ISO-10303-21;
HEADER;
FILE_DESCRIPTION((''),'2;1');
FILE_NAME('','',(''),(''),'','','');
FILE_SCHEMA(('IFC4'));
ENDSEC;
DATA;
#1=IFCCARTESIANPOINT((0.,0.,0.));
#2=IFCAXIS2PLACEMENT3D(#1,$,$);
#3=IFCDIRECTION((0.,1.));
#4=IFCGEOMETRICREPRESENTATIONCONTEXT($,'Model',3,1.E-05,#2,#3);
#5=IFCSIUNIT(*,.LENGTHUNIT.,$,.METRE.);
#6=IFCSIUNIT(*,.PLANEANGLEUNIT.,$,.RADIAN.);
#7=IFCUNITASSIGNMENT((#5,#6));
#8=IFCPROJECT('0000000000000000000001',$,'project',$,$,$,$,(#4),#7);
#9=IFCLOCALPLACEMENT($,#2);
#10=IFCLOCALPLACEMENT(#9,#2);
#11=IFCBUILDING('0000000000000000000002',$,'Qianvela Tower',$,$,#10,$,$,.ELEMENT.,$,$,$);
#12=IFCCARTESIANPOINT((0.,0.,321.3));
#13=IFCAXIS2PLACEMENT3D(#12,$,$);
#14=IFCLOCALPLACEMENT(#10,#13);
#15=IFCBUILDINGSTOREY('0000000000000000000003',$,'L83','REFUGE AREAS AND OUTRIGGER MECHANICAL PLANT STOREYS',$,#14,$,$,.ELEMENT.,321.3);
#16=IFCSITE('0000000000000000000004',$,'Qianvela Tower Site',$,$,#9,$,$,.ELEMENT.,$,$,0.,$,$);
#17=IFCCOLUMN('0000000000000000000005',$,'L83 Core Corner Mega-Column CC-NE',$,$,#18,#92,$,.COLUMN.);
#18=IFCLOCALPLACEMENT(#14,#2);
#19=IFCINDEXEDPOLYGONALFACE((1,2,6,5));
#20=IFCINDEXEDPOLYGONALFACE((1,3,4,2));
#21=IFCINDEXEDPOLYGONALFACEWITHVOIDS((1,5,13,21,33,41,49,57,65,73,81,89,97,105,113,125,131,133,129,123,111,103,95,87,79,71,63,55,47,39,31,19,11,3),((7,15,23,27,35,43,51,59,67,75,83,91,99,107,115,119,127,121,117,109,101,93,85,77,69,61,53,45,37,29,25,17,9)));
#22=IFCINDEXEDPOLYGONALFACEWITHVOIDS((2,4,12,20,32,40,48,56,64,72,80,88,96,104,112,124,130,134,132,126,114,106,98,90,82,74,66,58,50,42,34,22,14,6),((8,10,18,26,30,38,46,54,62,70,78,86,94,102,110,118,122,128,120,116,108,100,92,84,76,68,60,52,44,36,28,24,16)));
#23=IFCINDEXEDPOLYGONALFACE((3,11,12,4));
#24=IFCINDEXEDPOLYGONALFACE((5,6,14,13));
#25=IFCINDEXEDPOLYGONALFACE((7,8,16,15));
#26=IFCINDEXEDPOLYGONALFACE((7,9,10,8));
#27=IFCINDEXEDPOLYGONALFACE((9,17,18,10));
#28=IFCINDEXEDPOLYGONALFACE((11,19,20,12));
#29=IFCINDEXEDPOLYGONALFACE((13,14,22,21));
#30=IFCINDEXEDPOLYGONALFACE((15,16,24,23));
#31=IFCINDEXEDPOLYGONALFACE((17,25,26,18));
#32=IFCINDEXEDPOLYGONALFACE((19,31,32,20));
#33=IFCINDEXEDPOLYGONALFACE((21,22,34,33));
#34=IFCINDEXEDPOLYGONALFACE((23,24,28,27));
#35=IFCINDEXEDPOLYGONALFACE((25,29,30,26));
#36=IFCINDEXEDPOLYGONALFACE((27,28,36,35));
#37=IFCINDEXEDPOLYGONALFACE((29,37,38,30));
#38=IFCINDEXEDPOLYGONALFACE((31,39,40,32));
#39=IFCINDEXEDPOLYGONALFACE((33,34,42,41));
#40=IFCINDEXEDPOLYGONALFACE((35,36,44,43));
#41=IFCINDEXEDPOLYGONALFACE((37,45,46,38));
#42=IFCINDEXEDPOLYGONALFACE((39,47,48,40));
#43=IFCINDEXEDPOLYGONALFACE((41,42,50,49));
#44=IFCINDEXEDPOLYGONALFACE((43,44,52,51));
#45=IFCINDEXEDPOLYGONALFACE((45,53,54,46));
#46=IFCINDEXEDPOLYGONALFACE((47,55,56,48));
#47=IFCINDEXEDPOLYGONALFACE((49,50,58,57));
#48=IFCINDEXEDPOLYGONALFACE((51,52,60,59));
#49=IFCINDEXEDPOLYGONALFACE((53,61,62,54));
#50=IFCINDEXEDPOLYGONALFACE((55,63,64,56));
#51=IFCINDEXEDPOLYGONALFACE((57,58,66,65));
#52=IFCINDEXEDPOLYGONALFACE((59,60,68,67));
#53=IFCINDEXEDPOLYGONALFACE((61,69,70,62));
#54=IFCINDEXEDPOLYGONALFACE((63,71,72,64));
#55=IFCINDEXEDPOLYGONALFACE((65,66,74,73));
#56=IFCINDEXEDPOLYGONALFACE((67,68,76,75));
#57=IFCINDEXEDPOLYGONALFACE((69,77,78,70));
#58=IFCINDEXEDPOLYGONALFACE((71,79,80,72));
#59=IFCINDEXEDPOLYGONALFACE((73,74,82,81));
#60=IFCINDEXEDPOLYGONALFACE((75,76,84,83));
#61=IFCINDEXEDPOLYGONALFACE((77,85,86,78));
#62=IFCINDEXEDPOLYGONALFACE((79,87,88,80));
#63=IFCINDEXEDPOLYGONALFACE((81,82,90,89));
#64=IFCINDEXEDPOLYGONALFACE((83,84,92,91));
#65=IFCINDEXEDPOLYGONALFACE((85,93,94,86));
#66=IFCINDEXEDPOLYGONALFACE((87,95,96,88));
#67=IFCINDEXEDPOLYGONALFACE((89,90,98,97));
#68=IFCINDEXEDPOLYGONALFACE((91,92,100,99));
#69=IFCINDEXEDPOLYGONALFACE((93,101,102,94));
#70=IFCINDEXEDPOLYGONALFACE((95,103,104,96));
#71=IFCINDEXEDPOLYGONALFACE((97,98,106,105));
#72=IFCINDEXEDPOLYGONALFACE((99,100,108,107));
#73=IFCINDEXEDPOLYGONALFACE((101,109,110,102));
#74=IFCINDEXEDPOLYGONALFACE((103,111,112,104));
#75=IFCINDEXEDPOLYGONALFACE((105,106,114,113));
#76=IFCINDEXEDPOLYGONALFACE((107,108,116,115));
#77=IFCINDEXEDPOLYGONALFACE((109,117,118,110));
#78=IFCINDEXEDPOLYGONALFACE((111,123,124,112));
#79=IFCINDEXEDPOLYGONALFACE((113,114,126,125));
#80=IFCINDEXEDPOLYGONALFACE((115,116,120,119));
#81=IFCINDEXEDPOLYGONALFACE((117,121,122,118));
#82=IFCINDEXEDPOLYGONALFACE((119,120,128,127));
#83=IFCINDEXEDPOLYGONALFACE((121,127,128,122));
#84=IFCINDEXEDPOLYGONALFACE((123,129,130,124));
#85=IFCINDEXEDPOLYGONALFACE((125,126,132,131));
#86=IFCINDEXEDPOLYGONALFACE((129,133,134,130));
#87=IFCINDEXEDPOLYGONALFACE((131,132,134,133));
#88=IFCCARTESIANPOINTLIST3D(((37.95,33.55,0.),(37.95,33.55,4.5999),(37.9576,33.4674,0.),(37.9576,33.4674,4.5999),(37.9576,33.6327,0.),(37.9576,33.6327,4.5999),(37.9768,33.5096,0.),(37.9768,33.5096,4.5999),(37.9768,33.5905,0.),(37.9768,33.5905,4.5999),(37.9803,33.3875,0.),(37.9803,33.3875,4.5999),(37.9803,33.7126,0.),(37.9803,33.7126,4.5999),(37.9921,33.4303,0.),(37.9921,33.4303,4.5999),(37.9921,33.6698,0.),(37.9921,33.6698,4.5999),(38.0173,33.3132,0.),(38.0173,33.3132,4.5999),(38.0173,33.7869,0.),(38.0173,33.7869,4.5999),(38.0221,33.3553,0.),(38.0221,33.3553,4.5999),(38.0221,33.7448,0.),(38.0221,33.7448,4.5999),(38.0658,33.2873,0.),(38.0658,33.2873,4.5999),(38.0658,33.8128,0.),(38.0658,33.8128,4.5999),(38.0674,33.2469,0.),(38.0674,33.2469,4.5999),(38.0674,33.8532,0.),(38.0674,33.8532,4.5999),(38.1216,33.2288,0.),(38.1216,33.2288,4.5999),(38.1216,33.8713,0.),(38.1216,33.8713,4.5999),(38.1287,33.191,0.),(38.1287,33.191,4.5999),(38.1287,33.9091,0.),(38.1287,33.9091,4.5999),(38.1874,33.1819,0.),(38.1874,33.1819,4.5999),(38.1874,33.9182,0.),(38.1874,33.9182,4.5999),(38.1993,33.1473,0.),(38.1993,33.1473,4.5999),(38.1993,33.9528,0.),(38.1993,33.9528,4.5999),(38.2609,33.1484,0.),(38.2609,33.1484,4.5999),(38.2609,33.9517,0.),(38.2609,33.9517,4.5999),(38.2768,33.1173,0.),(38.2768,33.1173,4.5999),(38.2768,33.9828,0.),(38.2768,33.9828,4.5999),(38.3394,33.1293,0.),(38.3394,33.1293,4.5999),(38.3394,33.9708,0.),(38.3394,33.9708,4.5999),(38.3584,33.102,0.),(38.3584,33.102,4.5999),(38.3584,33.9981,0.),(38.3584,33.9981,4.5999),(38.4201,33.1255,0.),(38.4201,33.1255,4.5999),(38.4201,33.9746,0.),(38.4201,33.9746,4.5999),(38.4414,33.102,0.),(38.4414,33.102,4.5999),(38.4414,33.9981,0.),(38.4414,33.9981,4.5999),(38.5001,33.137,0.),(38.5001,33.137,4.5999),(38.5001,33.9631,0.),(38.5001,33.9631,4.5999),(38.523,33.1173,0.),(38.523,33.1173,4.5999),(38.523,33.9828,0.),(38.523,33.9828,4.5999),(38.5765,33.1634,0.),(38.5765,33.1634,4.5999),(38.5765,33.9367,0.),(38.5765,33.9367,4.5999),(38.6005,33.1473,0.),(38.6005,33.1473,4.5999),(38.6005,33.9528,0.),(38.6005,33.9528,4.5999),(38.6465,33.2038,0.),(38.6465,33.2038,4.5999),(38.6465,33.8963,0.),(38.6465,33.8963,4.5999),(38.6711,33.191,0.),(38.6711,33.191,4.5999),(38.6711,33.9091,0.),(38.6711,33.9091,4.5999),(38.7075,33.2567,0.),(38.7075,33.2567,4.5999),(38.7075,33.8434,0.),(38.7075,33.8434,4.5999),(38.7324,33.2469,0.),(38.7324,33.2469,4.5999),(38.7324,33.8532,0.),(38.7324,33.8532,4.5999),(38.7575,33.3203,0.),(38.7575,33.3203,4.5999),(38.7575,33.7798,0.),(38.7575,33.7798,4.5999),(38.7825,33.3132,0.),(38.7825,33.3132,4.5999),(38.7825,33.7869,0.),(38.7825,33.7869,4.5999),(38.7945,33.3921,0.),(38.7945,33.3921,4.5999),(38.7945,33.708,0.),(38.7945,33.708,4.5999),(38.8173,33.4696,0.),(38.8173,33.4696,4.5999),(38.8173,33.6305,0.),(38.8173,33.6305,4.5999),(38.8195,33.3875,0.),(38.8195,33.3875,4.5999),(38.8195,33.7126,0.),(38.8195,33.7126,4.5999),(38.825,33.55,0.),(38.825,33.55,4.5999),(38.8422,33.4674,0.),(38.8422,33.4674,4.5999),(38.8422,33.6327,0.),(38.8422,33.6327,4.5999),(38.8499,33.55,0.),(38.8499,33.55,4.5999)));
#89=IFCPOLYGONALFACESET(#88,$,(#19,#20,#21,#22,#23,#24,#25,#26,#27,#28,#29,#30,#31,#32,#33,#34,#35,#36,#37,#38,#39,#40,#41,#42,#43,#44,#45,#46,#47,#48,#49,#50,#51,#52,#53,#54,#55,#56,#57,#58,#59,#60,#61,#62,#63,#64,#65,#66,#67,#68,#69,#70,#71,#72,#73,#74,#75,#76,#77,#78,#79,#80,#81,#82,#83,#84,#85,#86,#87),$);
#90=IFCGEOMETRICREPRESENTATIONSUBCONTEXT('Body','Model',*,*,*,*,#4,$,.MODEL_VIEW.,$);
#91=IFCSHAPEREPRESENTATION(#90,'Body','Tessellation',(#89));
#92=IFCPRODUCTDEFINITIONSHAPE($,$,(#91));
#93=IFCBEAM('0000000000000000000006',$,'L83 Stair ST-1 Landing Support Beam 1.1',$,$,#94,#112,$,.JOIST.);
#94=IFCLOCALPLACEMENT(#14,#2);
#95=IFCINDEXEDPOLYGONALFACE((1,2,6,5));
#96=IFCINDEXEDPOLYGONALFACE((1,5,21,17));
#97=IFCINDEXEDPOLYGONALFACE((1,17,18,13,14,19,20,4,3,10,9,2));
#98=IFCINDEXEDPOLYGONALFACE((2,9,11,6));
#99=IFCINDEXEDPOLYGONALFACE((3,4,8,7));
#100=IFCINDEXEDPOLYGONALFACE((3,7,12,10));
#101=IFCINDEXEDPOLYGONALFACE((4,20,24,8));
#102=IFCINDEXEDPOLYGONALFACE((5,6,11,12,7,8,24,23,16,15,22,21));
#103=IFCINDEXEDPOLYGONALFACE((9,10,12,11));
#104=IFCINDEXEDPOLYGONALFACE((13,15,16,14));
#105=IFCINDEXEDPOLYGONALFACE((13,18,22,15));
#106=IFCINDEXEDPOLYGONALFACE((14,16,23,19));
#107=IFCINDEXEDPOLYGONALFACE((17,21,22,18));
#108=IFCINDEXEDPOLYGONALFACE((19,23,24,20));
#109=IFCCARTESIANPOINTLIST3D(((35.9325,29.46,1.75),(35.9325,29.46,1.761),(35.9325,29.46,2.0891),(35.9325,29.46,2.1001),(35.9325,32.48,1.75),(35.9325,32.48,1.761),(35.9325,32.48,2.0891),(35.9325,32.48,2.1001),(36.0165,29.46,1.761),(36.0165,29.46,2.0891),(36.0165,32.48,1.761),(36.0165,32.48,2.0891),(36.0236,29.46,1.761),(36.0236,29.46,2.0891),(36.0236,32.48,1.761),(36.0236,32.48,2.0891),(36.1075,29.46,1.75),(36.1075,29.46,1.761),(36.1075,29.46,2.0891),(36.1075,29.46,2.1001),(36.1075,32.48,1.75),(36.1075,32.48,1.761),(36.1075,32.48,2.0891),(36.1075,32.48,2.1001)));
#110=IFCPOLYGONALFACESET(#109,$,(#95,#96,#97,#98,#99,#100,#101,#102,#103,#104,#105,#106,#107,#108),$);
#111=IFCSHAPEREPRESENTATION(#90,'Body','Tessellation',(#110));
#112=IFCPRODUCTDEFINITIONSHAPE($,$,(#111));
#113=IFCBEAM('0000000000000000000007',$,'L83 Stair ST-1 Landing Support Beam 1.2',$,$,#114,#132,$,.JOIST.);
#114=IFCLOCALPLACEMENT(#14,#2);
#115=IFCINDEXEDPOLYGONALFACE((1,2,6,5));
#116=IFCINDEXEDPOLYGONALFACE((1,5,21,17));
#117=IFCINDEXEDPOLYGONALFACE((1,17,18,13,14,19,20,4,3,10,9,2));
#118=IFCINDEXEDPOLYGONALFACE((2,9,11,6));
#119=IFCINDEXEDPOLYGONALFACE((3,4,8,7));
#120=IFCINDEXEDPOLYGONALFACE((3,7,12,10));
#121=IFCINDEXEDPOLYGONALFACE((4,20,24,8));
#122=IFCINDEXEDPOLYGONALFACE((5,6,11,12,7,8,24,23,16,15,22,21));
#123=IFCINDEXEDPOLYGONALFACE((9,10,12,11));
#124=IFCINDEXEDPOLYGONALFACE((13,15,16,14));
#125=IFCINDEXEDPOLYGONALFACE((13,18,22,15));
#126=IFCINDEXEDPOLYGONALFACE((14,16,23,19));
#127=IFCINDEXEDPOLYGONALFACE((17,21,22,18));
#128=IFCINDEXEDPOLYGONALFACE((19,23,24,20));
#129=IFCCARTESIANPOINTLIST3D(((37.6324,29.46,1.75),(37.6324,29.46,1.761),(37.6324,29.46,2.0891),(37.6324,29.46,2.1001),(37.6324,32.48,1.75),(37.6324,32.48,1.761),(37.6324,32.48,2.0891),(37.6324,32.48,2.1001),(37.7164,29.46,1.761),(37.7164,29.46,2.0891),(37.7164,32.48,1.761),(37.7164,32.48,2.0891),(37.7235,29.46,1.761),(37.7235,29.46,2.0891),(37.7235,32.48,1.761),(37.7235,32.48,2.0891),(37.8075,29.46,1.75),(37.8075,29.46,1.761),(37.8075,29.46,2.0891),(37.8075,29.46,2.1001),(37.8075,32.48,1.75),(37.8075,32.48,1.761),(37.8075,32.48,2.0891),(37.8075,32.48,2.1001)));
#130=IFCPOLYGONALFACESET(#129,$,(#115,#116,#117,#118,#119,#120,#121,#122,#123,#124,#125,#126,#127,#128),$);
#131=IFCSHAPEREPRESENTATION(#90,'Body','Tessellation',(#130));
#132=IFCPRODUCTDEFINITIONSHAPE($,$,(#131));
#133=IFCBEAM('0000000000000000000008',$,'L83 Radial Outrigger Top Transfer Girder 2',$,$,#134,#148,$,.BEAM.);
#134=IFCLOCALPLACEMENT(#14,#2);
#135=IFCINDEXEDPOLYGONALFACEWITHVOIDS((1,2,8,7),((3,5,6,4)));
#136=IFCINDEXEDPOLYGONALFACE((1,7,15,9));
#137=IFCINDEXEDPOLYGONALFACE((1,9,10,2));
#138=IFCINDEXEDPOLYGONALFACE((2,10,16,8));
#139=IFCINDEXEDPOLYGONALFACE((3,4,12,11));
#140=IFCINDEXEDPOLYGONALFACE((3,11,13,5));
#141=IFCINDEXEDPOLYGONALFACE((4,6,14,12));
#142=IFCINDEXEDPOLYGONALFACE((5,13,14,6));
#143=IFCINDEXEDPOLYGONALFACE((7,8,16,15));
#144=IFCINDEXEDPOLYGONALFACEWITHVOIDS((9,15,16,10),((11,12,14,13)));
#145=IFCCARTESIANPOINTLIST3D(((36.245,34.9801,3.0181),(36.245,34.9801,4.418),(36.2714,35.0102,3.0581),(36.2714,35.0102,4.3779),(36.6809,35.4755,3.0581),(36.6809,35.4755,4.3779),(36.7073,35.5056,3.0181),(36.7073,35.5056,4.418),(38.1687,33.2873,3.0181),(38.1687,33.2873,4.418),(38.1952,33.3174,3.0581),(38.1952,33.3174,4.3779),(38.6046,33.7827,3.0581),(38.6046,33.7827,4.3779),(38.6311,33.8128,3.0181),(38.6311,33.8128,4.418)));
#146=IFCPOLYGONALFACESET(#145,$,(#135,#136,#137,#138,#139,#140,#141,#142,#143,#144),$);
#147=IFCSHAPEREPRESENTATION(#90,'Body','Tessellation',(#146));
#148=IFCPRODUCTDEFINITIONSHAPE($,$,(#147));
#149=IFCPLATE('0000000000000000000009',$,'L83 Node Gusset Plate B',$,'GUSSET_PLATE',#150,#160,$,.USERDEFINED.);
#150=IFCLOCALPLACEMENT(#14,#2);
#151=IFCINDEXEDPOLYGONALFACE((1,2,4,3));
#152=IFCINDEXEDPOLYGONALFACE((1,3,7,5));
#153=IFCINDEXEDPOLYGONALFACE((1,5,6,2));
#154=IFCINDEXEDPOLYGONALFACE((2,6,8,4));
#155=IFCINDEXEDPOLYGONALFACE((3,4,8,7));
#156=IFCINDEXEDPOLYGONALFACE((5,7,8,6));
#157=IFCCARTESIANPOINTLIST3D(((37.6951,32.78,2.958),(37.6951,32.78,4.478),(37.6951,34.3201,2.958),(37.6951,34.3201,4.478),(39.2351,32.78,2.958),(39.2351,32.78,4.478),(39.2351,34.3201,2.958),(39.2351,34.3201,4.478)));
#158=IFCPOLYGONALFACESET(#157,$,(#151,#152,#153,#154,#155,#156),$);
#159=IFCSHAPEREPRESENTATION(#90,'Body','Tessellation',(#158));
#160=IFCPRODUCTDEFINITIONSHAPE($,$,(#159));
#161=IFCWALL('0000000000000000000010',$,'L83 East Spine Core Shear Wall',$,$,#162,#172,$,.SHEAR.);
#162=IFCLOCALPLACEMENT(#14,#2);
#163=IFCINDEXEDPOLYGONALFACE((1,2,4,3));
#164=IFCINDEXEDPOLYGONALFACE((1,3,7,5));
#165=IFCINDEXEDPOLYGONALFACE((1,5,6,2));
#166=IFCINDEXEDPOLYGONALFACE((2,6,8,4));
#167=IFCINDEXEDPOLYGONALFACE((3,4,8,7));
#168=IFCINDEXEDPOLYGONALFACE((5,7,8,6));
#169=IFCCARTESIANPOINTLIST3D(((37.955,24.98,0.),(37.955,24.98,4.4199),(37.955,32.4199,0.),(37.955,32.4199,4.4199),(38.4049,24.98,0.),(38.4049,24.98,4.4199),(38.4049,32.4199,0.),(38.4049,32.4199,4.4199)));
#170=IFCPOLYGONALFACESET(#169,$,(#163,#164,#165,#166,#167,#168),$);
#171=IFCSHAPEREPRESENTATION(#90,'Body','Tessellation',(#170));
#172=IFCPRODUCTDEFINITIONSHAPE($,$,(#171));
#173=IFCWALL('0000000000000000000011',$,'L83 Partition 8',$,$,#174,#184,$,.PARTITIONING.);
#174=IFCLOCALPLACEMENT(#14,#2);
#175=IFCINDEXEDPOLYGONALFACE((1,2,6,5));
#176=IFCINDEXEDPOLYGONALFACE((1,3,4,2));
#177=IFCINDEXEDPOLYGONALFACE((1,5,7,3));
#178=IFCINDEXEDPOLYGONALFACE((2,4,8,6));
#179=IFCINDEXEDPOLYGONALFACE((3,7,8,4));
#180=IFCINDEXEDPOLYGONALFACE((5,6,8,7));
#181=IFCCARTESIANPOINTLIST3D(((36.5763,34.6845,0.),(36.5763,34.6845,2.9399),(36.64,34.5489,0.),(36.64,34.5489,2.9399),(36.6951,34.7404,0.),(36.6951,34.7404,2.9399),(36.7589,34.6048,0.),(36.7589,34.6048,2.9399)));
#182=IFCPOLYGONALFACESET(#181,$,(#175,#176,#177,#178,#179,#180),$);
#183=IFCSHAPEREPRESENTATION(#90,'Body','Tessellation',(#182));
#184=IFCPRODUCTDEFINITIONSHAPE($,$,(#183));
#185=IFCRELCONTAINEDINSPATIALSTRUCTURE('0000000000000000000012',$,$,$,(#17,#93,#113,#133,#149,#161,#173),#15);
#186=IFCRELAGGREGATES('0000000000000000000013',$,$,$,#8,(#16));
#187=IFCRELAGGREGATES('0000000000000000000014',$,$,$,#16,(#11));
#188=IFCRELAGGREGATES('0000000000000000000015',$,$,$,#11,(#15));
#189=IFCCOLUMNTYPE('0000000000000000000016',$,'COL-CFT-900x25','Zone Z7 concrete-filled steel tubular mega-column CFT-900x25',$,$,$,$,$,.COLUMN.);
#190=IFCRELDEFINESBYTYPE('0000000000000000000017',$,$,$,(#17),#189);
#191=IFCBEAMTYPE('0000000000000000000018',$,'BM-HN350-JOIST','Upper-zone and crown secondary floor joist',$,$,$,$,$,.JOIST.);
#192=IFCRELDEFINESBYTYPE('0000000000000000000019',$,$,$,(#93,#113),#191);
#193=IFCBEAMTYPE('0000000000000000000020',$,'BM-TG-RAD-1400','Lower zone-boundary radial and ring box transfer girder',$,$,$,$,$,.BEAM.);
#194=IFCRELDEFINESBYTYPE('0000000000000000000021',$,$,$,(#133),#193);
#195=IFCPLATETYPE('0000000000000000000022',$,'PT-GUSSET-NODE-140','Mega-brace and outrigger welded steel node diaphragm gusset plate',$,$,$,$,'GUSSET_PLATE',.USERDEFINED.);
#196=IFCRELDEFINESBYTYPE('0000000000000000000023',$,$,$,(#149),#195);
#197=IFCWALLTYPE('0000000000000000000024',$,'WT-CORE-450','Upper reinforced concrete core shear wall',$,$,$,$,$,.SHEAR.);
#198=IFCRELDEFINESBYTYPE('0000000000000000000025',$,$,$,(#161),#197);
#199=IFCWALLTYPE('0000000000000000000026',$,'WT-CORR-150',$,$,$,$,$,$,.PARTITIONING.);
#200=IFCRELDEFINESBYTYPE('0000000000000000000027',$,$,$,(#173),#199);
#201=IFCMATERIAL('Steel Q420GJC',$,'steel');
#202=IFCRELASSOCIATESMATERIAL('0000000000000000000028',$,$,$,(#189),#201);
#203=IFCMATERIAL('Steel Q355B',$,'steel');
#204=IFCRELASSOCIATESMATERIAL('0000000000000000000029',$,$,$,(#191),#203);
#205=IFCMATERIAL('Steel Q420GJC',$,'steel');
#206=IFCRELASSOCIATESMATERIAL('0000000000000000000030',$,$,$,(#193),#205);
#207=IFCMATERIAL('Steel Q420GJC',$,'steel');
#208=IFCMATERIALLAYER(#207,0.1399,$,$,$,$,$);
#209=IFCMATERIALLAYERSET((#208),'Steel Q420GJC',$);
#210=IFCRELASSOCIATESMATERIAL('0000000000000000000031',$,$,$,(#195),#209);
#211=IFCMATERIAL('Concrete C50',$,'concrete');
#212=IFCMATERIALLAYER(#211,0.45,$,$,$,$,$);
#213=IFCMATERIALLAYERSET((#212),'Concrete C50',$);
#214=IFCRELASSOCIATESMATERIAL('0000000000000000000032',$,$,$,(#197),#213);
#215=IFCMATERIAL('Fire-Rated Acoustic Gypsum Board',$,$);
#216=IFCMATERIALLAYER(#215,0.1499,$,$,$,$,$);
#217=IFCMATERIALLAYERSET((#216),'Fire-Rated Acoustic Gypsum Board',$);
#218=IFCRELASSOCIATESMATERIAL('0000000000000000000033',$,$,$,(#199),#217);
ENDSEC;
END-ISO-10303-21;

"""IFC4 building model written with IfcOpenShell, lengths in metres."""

from ifc_helpers import new_model, si_unit, direction, frame, frame_2d, origin, origin_2d, place, context, subcontext, project, spatial, rectangle, hollow_rectangle, hollow_circle, i_section, extrude, material, layer, layer_set, material_profile, profile_set, type_object, element, save


model = new_model("IFC4")

# Units and contexts
model_context = context("Model", 3, precision=1e-05, world=origin(), true_north=direction((0.0, 1.0)))
body_context = subcontext(model_context, "Body", "Model", "MODEL_VIEW")
ifc_project = project(units=[si_unit("LENGTHUNIT", "METRE"), si_unit("PLANEANGLEUNIT", "RADIAN")], contexts=[model_context])

# Site, building, storey
site_placement = place(None, origin())
site = spatial("IfcSite", under=ifc_project, at=site_placement, Name="Qianvela Tower Site", CompositionType="ELEMENT", RefElevation=0.0)
building_placement = place(site_placement, origin())
building = spatial("IfcBuilding", under=site, at=building_placement, Name="Qianvela Tower", CompositionType="ELEMENT")
storey_placement = place(building_placement, frame((0.0, 0.0, 321.3)))
storey = spatial("IfcBuildingStorey", under=building, at=storey_placement, Name="L83", Description="REFUGE AREAS AND OUTRIGGER MECHANICAL PLANT STOREYS", CompositionType="ELEMENT", Elevation=321.3)

# Column
ifc_material_1 = material(Name="Steel Q420GJC", Category="steel")
ifc_material_profile_1 = material_profile(ifc_material_1, hollow_circle(Radius=0.45, WallThickness=0.0249, at=origin_2d()), Name="CFT-900x25")
ifc_profile_set_1 = profile_set([ifc_material_profile_1], Name="Steel Q420GJC")
column_type = type_object("IfcColumnType", Name="COL-CFT-900x25", Description="Zone Z7 concrete-filled steel tubular mega-column CFT-900x25", PredefinedType="COLUMN", material=ifc_profile_set_1)
column_placement = place(storey_placement, frame((38.3999, 33.55, 0.0), z_axis=(0.0, 0.0, 1.0), x_axis=(1.0, 0.0, 0.0)))
element("IfcColumn", 1, at=column_placement, inside=storey, type_object=column_type, Name="L83 Core Corner Mega-Column CC-NE", PredefinedType="COLUMN", context=body_context, shape_type="SweptSolid", body=[
    extrude(hollow_circle(Radius=0.45, WallThickness=0.0249, at=origin_2d()), origin(), (0.0, 0.0, 1.0), 4.5999),
])

# Beams
ifc_material_2 = material(Name="Steel Q355B", Category="steel")
ifc_material_profile_2 = material_profile(ifc_material_2, i_section(OverallWidth=0.175, OverallDepth=0.3501, WebThickness=0.0071, FlangeThickness=0.011, at=origin_2d()), Name="HN350x175x7x11")
ifc_profile_set_2 = profile_set([ifc_material_profile_2], Name="Steel Q355B")
beam_type_1 = type_object("IfcBeamType", Name="BM-HN350-JOIST", Description="Upper-zone and crown secondary floor joist", PredefinedType="JOIST", material=ifc_profile_set_2)
for number, where, z_axis, x_axis, name in (
    (2, (36.02, 29.46, 1.925), (0.0, 1.0, 0.0), (-1.0, 0.0, 0.0), "L83 Stair ST-1 Landing Support Beam 1.1"),
    (3, (37.72, 29.46, 1.925), (0.0, 1.0, 0.0), (-1.0, 0.0, 0.0), "L83 Stair ST-1 Landing Support Beam 1.2"),
):
    element("IfcBeam", number, at=place(storey_placement, frame(where, z_axis=z_axis, x_axis=x_axis)), inside=storey, type_object=beam_type_1, Name=name, PredefinedType="JOIST", context=body_context, shape_type="SweptSolid", body=[
        extrude(i_section(OverallWidth=0.175, OverallDepth=0.3501, WebThickness=0.0071, FlangeThickness=0.011, at=origin_2d()), origin(), (0.0, 0.0, 1.0), 3.02),
    ])
ifc_material_3 = material(Name="Steel Q420GJC", Category="steel")
ifc_material_profile_3 = material_profile(ifc_material_3, hollow_rectangle(XDim=0.7, YDim=1.3999, WallThickness=0.04, at=origin_2d()), Name="TG-BOX-1400x700x40")
ifc_profile_set_3 = profile_set([ifc_material_profile_3], Name="Steel Q420GJC")
beam_type_2 = type_object("IfcBeamType", Name="BM-TG-RAD-1400", Description="Lower zone-boundary radial and ring box transfer girder", PredefinedType="BEAM", material=ifc_profile_set_3)
beam_placement = place(storey_placement, frame((38.3999, 33.55, 3.718), z_axis=(-0.750732, 0.660606, 0.0), x_axis=(-0.660606, -0.750732, 0.0)))
element("IfcBeam", 4, at=beam_placement, inside=storey, type_object=beam_type_2, Name="L83 Radial Outrigger Top Transfer Girder 2", PredefinedType="BEAM", context=body_context, shape_type="SweptSolid", body=[
    extrude(hollow_rectangle(XDim=0.7, YDim=1.3999, WallThickness=0.04, at=origin_2d()), origin(), (0.0, 0.0, 1.0), 2.5625),
])

# Plate
ifc_material_4 = material(Name="Steel Q420GJC", Category="steel")
ifc_layer_1 = layer(ifc_material_4, 0.1399)
ifc_layer_set_1 = layer_set([ifc_layer_1], Name="Steel Q420GJC")
plate_type = type_object("IfcPlateType", Name="PT-GUSSET-NODE-140", Description="Mega-brace and outrigger welded steel node diaphragm gusset plate", ElementType="GUSSET_PLATE", PredefinedType="USERDEFINED", material=ifc_layer_set_1)
plate_placement = place(storey_placement, frame((38.4651, 33.55, 2.958), z_axis=(0.0, 0.0, 1.0), x_axis=(1.0, 0.0, 0.0)))
element("IfcPlate", 5, at=plate_placement, inside=storey, type_object=plate_type, Name="L83 Node Gusset Plate B", ObjectType="GUSSET_PLATE", PredefinedType="USERDEFINED", context=body_context, shape_type="SweptSolid", body=[
    extrude(rectangle(XDim=1.54, YDim=1.54, at=origin_2d()), origin(), (0.0, 0.0, 1.0), 1.52),
])

# Walls
ifc_material_5 = material(Name="Concrete C50", Category="concrete")
ifc_layer_2 = layer(ifc_material_5, 0.45)
ifc_layer_set_2 = layer_set([ifc_layer_2], Name="Concrete C50")
wall_type_1 = type_object("IfcWallType", Name="WT-CORE-450", Description="Upper reinforced concrete core shear wall", PredefinedType="SHEAR", material=ifc_layer_set_2)
wall_1_placement = place(storey_placement, frame((38.1799, 24.98, 0.0), z_axis=(0.0, 0.0, 1.0), x_axis=(0.0, 1.0, 0.0)))
element("IfcWall", 6, at=wall_1_placement, inside=storey, type_object=wall_type_1, Name="L83 East Spine Core Shear Wall", PredefinedType="SHEAR", context=body_context, shape_type="SweptSolid", body=[
    extrude(rectangle(XDim=7.4399, YDim=0.45, at=frame_2d((3.72, 0.0))), origin(), (0.0, 0.0, 1.0), 4.4199),
])
ifc_material_6 = material(Name="Fire-Rated Acoustic Gypsum Board")
ifc_layer_3 = layer(ifc_material_6, 0.1499)
ifc_layer_set_3 = layer_set([ifc_layer_3], Name="Fire-Rated Acoustic Gypsum Board")
wall_type_2 = type_object("IfcWallType", Name="WT-CORR-150", PredefinedType="PARTITIONING", material=ifc_layer_set_3)
wall_2_placement = place(storey_placement, frame((36.6082, 34.6167, 0.0), z_axis=(0.0, 0.0, 1.0), x_axis=(0.904945, 0.425529, 0.0)))
element("IfcWall", 7, at=wall_2_placement, inside=storey, type_object=wall_type_2, Name="L83 Partition 8", PredefinedType="PARTITIONING", context=body_context, shape_type="SweptSolid", body=[
    extrude(rectangle(XDim=0.1313, YDim=0.1499, at=frame_2d((0.0657, 0.0))), origin(), (0.0, 0.0, 1.0), 2.9399),
])

save(model, "model.ifc")
